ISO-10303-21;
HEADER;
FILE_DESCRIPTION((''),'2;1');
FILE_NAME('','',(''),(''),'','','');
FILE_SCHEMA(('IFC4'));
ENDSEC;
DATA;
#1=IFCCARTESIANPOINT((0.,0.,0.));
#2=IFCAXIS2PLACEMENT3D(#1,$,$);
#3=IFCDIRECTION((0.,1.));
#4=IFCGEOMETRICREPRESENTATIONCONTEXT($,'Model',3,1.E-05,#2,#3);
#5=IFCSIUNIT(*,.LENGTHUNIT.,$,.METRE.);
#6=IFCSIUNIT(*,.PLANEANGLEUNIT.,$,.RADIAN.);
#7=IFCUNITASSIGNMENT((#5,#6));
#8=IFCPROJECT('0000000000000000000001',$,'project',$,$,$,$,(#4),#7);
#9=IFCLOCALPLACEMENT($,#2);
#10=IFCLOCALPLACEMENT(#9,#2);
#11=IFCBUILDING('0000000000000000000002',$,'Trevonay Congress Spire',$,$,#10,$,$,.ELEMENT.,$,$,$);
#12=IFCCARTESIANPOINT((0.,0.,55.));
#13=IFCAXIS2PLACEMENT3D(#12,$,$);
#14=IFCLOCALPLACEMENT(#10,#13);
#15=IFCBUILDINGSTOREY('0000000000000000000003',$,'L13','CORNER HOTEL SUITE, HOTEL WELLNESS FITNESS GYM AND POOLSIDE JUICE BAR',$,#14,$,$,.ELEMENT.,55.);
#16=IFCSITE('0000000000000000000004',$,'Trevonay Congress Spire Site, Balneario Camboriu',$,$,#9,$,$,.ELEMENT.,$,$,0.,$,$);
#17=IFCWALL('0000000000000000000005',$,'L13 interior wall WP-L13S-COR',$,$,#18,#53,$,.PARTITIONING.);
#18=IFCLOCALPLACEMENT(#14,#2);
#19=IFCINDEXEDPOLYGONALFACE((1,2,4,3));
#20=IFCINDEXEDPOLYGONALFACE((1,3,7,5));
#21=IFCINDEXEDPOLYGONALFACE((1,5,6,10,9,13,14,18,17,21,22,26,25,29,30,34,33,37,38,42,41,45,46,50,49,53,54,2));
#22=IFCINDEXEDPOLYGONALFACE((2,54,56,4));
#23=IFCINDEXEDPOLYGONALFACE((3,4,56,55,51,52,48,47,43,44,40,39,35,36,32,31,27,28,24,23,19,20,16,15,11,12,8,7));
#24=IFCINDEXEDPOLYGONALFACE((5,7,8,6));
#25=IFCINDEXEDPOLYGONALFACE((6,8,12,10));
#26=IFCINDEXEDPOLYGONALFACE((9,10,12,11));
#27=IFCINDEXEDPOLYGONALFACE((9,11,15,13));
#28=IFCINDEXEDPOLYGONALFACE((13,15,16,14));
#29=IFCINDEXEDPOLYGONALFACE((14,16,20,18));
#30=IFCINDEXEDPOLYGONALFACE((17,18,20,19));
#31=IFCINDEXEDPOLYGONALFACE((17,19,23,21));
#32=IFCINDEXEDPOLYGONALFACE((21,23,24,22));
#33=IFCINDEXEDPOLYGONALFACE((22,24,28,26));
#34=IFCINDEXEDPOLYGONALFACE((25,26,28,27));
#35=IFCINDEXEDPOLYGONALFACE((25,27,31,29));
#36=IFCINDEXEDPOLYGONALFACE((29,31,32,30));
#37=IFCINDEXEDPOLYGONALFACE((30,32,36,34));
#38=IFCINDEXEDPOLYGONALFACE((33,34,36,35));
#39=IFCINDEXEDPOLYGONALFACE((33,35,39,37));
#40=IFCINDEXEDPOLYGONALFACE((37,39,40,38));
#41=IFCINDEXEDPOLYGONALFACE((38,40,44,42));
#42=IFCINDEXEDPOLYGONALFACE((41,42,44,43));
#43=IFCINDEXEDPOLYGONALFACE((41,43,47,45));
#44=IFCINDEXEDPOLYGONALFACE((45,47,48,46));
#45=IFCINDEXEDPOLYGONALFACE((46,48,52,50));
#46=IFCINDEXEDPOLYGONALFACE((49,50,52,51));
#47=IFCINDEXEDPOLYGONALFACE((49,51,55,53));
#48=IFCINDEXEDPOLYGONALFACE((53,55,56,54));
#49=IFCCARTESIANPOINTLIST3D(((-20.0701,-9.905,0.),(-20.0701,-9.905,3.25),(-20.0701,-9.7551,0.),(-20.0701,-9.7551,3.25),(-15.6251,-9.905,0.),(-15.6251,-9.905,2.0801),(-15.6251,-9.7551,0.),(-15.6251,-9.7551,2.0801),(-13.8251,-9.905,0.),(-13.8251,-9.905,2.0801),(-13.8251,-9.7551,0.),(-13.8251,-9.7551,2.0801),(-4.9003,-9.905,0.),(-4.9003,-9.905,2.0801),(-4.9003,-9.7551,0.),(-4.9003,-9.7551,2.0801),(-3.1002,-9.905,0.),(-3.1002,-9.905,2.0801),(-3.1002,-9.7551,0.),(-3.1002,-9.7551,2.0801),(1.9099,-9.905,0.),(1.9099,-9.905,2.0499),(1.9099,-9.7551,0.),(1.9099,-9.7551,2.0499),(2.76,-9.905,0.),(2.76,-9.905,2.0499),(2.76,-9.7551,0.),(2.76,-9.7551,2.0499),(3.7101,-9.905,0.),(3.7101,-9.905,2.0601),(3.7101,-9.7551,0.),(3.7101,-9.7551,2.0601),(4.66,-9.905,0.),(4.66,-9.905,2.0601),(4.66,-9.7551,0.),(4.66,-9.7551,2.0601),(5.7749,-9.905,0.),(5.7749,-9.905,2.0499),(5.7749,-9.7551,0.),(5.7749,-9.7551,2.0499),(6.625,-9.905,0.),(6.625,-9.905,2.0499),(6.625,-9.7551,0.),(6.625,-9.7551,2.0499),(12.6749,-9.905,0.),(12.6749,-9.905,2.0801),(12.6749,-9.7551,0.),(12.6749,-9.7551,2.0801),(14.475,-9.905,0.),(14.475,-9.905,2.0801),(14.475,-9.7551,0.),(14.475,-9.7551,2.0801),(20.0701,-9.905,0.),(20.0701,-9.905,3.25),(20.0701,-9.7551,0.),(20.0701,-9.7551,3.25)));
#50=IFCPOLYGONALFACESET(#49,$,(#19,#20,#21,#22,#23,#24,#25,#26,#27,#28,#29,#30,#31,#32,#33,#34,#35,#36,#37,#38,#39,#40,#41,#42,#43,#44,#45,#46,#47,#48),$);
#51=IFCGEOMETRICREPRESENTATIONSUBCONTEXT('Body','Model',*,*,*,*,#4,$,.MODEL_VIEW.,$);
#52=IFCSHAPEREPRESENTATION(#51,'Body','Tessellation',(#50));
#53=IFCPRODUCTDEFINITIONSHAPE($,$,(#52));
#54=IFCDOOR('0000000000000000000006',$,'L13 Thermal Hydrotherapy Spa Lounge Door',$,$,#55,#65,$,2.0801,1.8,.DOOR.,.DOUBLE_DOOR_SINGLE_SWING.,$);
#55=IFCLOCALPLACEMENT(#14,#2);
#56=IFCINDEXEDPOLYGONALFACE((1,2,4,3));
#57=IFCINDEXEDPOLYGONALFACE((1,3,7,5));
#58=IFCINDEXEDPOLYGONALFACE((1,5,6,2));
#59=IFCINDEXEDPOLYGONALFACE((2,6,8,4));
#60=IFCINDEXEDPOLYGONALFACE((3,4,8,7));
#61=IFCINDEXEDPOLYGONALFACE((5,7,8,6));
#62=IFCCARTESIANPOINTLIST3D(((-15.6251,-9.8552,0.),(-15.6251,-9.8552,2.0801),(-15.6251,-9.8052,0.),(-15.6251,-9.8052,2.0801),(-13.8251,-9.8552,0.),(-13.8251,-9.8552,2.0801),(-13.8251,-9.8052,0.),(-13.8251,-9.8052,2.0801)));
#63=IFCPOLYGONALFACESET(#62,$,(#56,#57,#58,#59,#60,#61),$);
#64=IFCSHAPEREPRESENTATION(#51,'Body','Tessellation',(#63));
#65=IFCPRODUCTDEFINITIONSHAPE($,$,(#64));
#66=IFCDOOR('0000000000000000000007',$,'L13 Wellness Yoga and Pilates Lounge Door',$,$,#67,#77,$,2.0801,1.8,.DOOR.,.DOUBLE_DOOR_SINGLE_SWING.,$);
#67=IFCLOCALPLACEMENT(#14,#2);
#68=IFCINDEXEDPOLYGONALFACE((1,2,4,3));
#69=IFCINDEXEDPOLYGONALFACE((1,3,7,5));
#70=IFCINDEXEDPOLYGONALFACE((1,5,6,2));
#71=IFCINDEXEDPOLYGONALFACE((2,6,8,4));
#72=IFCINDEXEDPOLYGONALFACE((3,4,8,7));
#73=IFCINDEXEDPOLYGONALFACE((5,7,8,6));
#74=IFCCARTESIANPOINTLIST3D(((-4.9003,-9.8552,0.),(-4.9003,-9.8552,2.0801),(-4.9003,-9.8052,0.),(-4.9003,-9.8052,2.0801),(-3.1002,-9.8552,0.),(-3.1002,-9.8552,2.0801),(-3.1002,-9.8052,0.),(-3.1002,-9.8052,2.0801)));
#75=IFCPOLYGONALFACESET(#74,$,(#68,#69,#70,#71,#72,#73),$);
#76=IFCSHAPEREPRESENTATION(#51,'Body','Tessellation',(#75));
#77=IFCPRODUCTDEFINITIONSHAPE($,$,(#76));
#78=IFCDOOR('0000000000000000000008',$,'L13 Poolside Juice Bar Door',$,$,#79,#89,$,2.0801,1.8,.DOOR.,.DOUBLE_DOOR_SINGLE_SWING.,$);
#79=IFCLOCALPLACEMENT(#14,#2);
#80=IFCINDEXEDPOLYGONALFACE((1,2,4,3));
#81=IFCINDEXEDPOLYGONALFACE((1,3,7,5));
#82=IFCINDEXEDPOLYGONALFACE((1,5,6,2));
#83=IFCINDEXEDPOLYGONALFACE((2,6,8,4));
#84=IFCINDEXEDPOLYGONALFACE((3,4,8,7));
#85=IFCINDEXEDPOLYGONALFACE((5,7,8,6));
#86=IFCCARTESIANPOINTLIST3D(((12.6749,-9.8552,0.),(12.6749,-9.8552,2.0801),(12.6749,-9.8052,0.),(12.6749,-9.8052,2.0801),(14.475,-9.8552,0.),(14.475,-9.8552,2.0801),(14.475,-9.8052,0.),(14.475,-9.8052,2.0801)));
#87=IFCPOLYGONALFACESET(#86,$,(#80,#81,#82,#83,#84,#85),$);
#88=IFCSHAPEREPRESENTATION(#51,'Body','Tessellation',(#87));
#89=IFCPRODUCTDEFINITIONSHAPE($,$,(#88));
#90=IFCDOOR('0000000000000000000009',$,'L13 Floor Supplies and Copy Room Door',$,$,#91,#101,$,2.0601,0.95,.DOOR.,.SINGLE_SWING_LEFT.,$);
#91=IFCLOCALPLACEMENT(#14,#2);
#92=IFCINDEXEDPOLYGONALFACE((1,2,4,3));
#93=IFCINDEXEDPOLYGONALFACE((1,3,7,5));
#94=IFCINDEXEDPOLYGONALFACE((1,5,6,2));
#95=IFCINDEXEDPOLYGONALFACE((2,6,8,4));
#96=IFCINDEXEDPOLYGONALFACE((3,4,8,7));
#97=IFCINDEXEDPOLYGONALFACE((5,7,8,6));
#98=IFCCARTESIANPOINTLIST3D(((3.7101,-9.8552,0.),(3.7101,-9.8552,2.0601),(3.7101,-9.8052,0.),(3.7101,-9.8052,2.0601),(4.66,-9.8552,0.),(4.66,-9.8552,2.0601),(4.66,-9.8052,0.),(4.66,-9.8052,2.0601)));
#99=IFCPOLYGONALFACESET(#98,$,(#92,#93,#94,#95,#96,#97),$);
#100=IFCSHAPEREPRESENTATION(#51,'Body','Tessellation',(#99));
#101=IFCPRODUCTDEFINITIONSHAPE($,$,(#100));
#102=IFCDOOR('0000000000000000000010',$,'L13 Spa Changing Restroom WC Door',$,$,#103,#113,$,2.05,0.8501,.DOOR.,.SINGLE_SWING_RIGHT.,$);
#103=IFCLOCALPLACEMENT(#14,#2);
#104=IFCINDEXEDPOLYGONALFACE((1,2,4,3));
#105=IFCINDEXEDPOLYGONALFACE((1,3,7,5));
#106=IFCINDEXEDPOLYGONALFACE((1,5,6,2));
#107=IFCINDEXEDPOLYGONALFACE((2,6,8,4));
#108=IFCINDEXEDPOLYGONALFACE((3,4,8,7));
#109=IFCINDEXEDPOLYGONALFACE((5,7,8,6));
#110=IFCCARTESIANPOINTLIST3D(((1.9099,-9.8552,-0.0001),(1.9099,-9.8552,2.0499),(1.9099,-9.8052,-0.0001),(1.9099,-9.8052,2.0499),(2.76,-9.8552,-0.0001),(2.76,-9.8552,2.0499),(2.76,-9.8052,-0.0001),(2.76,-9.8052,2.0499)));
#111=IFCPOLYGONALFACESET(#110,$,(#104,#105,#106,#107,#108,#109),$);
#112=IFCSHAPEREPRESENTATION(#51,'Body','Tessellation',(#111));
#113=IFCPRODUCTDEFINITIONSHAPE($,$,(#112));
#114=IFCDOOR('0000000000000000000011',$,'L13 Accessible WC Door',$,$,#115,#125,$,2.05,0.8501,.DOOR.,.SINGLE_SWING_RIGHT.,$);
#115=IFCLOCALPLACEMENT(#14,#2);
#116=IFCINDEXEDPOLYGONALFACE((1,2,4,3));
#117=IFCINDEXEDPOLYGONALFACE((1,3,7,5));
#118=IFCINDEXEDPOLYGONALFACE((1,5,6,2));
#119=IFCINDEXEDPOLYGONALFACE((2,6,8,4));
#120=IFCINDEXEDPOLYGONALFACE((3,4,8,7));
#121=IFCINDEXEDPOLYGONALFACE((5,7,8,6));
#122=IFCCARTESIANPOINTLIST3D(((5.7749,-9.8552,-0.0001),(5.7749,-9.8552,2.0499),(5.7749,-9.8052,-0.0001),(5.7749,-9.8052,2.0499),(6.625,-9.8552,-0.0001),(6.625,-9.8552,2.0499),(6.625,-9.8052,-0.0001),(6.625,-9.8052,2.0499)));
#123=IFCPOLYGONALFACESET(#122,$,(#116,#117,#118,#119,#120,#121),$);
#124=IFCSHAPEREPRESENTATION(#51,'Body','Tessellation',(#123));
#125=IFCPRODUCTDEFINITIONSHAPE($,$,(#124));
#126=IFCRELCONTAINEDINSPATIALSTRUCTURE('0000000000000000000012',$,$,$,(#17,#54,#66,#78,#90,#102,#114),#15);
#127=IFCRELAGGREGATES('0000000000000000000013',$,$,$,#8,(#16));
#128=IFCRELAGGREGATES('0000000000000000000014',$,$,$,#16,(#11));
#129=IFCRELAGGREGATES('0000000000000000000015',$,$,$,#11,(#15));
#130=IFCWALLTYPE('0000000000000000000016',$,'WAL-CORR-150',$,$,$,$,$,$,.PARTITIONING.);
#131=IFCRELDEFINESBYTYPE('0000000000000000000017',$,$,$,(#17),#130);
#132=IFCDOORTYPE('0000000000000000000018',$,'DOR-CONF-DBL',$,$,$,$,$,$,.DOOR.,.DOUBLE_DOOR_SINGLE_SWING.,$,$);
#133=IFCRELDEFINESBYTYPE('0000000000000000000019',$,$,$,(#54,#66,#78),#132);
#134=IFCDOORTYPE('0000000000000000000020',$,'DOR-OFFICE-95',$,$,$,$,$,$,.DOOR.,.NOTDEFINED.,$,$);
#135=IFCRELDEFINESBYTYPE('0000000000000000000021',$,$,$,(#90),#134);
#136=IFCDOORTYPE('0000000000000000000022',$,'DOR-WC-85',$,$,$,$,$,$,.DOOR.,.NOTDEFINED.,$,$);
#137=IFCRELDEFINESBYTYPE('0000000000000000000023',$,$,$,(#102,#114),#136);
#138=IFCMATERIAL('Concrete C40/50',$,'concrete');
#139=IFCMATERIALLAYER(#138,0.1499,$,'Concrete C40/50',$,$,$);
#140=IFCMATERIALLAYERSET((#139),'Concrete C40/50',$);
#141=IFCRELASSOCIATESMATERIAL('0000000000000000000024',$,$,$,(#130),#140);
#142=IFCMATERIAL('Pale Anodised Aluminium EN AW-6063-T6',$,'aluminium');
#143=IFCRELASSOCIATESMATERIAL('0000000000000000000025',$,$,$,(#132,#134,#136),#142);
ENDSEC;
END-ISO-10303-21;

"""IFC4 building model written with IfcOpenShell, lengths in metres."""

from ifc_helpers import new_model, si_unit, direction, frame, frame_2d, origin, place, context, subcontext, project, spatial, rectangle, extrude, material, layer, layer_set, type_object, element, fill, save


model = new_model("IFC4")

# Units and contexts
model_context = context("Model", 3, precision=1e-05, world=origin(), true_north=direction((0.0, 1.0)))
body_context = subcontext(model_context, "Body", "Model", "MODEL_VIEW")
ifc_project = project(units=[si_unit("LENGTHUNIT", "METRE"), si_unit("PLANEANGLEUNIT", "RADIAN")], contexts=[model_context])

# Site, building, storey
site_placement = place(None, origin())
site = spatial("IfcSite", under=ifc_project, at=site_placement, Name="Trevonay Congress Spire Site, Balneario Camboriu", CompositionType="ELEMENT", RefElevation=0.0)
building_placement = place(site_placement, origin())
building = spatial("IfcBuilding", under=site, at=building_placement, Name="Trevonay Congress Spire", CompositionType="ELEMENT")
storey_placement = place(building_placement, frame((0.0, 0.0, 55.0)))
storey = spatial("IfcBuildingStorey", under=building, at=storey_placement, Name="L13", Description="CORNER HOTEL SUITE, HOTEL WELLNESS FITNESS GYM AND POOLSIDE JUICE BAR", CompositionType="ELEMENT", Elevation=55.0)

# Shared definitions
ifc_material_1 = material(Name="Concrete C40/50", Category="concrete")
ifc_material_2 = material(Name="Pale Anodised Aluminium EN AW-6063-T6", Category="aluminium")

# Wall, openings, doors
ifc_layer_1 = layer(ifc_material_1, 0.1499, Name="Concrete C40/50")
ifc_layer_set_1 = layer_set([ifc_layer_1], Name="Concrete C40/50")
wall_type_1 = type_object("IfcWallType", Name="WAL-CORR-150", PredefinedType="PARTITIONING", material=ifc_layer_set_1)
wall_1_placement = place(storey_placement, frame((-20.0701, -9.8301, 0.0), z_axis=(0.0, 0.0, 1.0), x_axis=(1.0, 0.0, 0.0)))
wall_1 = element("IfcWall", 1, at=wall_1_placement, inside=storey, type_object=wall_type_1, Name="L13 interior wall WP-L13S-COR", PredefinedType="PARTITIONING", context=body_context, shape_type="SweptSolid", body=[
    extrude(rectangle(XDim=40.1401, YDim=0.1499, at=frame_2d((20.0701, 0.0))), origin(), (0.0, 0.0, 1.0), 3.25),
])
opening_1_placement = place(wall_1_placement, frame((4.4451, 0.0, 0.0)))
opening_1 = element("IfcOpeningElement", 2, at=opening_1_placement, cuts=wall_1, PredefinedType="OPENING", context=body_context, shape_type="SweptSolid", body=[
    extrude(rectangle(XDim=1.8, YDim=2.0801, at=frame_2d((0.8999, 1.04))), frame((0.0, 0.085, 0.0), z_axis=(0.0, -1.0, 0.0), x_axis=(1.0, 0.0, 0.0)), (0.0, 0.0, 1.0), 0.1699),
])
opening_2_placement = place(wall_1_placement, frame((15.1699, 0.0, 0.0)))
opening_2 = element("IfcOpeningElement", 3, at=opening_2_placement, cuts=wall_1, PredefinedType="OPENING", context=body_context, shape_type="SweptSolid", body=[
    extrude(rectangle(XDim=1.8, YDim=2.0801, at=frame_2d((0.8999, 1.04))), frame((0.0, 0.085, 0.0), z_axis=(0.0, -1.0, 0.0), x_axis=(1.0, 0.0, 0.0)), (0.0, 0.0, 1.0), 0.1699),
])
opening_3_placement = place(wall_1_placement, frame((21.98, 0.0, 0.0)))
opening_3 = element("IfcOpeningElement", 4, at=opening_3_placement, cuts=wall_1, PredefinedType="OPENING", context=body_context, shape_type="SweptSolid", body=[
    extrude(rectangle(XDim=0.8501, YDim=2.05, at=frame_2d((0.425, 1.0249))), frame((0.0, 0.085, 0.0), z_axis=(0.0, -1.0, 0.0), x_axis=(1.0, 0.0, 0.0)), (0.0, 0.0, 1.0), 0.1699),
])
opening_4_placement = place(wall_1_placement, frame((23.78, 0.0, 0.0)))
opening_4 = element("IfcOpeningElement", 5, at=opening_4_placement, cuts=wall_1, PredefinedType="OPENING", context=body_context, shape_type="SweptSolid", body=[
    extrude(rectangle(XDim=0.95, YDim=2.0601, at=frame_2d((0.4751, 1.03))), frame((0.0, 0.085, 0.0), z_axis=(0.0, -1.0, 0.0), x_axis=(1.0, 0.0, 0.0)), (0.0, 0.0, 1.0), 0.1699),
])
opening_5_placement = place(wall_1_placement, frame((25.845, 0.0, 0.0)))
opening_5 = element("IfcOpeningElement", 6, at=opening_5_placement, cuts=wall_1, PredefinedType="OPENING", context=body_context, shape_type="SweptSolid", body=[
    extrude(rectangle(XDim=0.8501, YDim=2.05, at=frame_2d((0.425, 1.0249))), frame((0.0, 0.085, 0.0), z_axis=(0.0, -1.0, 0.0), x_axis=(1.0, 0.0, 0.0)), (0.0, 0.0, 1.0), 0.1699),
])
opening_6_placement = place(wall_1_placement, frame((32.7451, 0.0, 0.0)))
opening_6 = element("IfcOpeningElement", 7, at=opening_6_placement, cuts=wall_1, PredefinedType="OPENING", context=body_context, shape_type="SweptSolid", body=[
    extrude(rectangle(XDim=1.8, YDim=2.0801, at=frame_2d((0.8999, 1.04))), frame((0.0, 0.085, 0.0), z_axis=(0.0, -1.0, 0.0), x_axis=(1.0, 0.0, 0.0)), (0.0, 0.0, 1.0), 0.1699),
])
door_type_1 = type_object("IfcDoorType", Name="DOR-CONF-DBL", OperationType="DOUBLE_DOOR_SINGLE_SWING", PredefinedType="DOOR", material=ifc_material_2)
door_1_placement = place(opening_1_placement, origin())
door_1 = element("IfcDoor", 8, at=door_1_placement, inside=storey, type_object=door_type_1, Name="L13 Thermal Hydrotherapy Spa Lounge Door", OperationType="DOUBLE_DOOR_SINGLE_SWING", OverallHeight=2.0801, OverallWidth=1.8, PredefinedType="DOOR", context=body_context, shape_type="SweptSolid", body=[
    extrude(rectangle(XDim=1.8, YDim=2.0801, at=frame_2d((0.8999, 1.04))), frame((0.0, 0.0249, 0.0), z_axis=(0.0, -1.0, 0.0), x_axis=(1.0, 0.0, 0.0)), (0.0, 0.0, 1.0), 0.05),
])
fill(opening_1, door_1)
door_2_placement = place(opening_2_placement, origin())
door_2 = element("IfcDoor", 9, at=door_2_placement, inside=storey, type_object=door_type_1, Name="L13 Wellness Yoga and Pilates Lounge Door", OperationType="DOUBLE_DOOR_SINGLE_SWING", OverallHeight=2.0801, OverallWidth=1.8, PredefinedType="DOOR", context=body_context, shape_type="SweptSolid", body=[
    extrude(rectangle(XDim=1.8, YDim=2.0801, at=frame_2d((0.8999, 1.04))), frame((0.0, 0.0249, 0.0), z_axis=(0.0, -1.0, 0.0), x_axis=(1.0, 0.0, 0.0)), (0.0, 0.0, 1.0), 0.05),
])
fill(opening_2, door_2)
door_3_placement = place(opening_6_placement, origin())
door_3 = element("IfcDoor", 10, at=door_3_placement, inside=storey, type_object=door_type_1, Name="L13 Poolside Juice Bar Door", OperationType="DOUBLE_DOOR_SINGLE_SWING", OverallHeight=2.0801, OverallWidth=1.8, PredefinedType="DOOR", context=body_context, shape_type="SweptSolid", body=[
    extrude(rectangle(XDim=1.8, YDim=2.0801, at=frame_2d((0.8999, 1.04))), frame((0.0, 0.0249, 0.0), z_axis=(0.0, -1.0, 0.0), x_axis=(1.0, 0.0, 0.0)), (0.0, 0.0, 1.0), 0.05),
])
fill(opening_6, door_3)
door_type_2 = type_object("IfcDoorType", Name="DOR-OFFICE-95", OperationType="NOTDEFINED", PredefinedType="DOOR", material=ifc_material_2)
door_4_placement = place(opening_4_placement, origin())
door_4 = element("IfcDoor", 11, at=door_4_placement, inside=storey, type_object=door_type_2, Name="L13 Floor Supplies and Copy Room Door", OperationType="SINGLE_SWING_LEFT", OverallHeight=2.0601, OverallWidth=0.95, PredefinedType="DOOR", context=body_context, shape_type="SweptSolid", body=[
    extrude(rectangle(XDim=0.95, YDim=2.0601, at=frame_2d((0.4751, 1.03))), frame((0.0, 0.0249, 0.0), z_axis=(0.0, -1.0, 0.0), x_axis=(1.0, 0.0, 0.0)), (0.0, 0.0, 1.0), 0.05),
])
fill(opening_4, door_4)
door_type_3 = type_object("IfcDoorType", Name="DOR-WC-85", OperationType="NOTDEFINED", PredefinedType="DOOR", material=ifc_material_2)
door_5_placement = place(opening_3_placement, origin())
door_5 = element("IfcDoor", 12, at=door_5_placement, inside=storey, type_object=door_type_3, Name="L13 Spa Changing Restroom WC Door", OperationType="SINGLE_SWING_RIGHT", OverallHeight=2.05, OverallWidth=0.8501, PredefinedType="DOOR", context=body_context, shape_type="SweptSolid", body=[
    extrude(rectangle(XDim=0.8501, YDim=2.05, at=frame_2d((0.425, 1.0249))), frame((0.0, 0.0249, 0.0), z_axis=(0.0, -1.0, 0.0), x_axis=(1.0, 0.0, 0.0)), (0.0, 0.0, 1.0), 0.05),
])
fill(opening_3, door_5)
door_6_placement = place(opening_5_placement, origin())
door_6 = element("IfcDoor", 13, at=door_6_placement, inside=storey, type_object=door_type_3, Name="L13 Accessible WC Door", OperationType="SINGLE_SWING_RIGHT", OverallHeight=2.05, OverallWidth=0.8501, PredefinedType="DOOR", context=body_context, shape_type="SweptSolid", body=[
    extrude(rectangle(XDim=0.8501, YDim=2.05, at=frame_2d((0.425, 1.0249))), frame((0.0, 0.0249, 0.0), z_axis=(0.0, -1.0, 0.0), x_axis=(1.0, 0.0, 0.0)), (0.0, 0.0, 1.0), 0.05),
])
fill(opening_5, door_6)

save(model, "model.ifc")
